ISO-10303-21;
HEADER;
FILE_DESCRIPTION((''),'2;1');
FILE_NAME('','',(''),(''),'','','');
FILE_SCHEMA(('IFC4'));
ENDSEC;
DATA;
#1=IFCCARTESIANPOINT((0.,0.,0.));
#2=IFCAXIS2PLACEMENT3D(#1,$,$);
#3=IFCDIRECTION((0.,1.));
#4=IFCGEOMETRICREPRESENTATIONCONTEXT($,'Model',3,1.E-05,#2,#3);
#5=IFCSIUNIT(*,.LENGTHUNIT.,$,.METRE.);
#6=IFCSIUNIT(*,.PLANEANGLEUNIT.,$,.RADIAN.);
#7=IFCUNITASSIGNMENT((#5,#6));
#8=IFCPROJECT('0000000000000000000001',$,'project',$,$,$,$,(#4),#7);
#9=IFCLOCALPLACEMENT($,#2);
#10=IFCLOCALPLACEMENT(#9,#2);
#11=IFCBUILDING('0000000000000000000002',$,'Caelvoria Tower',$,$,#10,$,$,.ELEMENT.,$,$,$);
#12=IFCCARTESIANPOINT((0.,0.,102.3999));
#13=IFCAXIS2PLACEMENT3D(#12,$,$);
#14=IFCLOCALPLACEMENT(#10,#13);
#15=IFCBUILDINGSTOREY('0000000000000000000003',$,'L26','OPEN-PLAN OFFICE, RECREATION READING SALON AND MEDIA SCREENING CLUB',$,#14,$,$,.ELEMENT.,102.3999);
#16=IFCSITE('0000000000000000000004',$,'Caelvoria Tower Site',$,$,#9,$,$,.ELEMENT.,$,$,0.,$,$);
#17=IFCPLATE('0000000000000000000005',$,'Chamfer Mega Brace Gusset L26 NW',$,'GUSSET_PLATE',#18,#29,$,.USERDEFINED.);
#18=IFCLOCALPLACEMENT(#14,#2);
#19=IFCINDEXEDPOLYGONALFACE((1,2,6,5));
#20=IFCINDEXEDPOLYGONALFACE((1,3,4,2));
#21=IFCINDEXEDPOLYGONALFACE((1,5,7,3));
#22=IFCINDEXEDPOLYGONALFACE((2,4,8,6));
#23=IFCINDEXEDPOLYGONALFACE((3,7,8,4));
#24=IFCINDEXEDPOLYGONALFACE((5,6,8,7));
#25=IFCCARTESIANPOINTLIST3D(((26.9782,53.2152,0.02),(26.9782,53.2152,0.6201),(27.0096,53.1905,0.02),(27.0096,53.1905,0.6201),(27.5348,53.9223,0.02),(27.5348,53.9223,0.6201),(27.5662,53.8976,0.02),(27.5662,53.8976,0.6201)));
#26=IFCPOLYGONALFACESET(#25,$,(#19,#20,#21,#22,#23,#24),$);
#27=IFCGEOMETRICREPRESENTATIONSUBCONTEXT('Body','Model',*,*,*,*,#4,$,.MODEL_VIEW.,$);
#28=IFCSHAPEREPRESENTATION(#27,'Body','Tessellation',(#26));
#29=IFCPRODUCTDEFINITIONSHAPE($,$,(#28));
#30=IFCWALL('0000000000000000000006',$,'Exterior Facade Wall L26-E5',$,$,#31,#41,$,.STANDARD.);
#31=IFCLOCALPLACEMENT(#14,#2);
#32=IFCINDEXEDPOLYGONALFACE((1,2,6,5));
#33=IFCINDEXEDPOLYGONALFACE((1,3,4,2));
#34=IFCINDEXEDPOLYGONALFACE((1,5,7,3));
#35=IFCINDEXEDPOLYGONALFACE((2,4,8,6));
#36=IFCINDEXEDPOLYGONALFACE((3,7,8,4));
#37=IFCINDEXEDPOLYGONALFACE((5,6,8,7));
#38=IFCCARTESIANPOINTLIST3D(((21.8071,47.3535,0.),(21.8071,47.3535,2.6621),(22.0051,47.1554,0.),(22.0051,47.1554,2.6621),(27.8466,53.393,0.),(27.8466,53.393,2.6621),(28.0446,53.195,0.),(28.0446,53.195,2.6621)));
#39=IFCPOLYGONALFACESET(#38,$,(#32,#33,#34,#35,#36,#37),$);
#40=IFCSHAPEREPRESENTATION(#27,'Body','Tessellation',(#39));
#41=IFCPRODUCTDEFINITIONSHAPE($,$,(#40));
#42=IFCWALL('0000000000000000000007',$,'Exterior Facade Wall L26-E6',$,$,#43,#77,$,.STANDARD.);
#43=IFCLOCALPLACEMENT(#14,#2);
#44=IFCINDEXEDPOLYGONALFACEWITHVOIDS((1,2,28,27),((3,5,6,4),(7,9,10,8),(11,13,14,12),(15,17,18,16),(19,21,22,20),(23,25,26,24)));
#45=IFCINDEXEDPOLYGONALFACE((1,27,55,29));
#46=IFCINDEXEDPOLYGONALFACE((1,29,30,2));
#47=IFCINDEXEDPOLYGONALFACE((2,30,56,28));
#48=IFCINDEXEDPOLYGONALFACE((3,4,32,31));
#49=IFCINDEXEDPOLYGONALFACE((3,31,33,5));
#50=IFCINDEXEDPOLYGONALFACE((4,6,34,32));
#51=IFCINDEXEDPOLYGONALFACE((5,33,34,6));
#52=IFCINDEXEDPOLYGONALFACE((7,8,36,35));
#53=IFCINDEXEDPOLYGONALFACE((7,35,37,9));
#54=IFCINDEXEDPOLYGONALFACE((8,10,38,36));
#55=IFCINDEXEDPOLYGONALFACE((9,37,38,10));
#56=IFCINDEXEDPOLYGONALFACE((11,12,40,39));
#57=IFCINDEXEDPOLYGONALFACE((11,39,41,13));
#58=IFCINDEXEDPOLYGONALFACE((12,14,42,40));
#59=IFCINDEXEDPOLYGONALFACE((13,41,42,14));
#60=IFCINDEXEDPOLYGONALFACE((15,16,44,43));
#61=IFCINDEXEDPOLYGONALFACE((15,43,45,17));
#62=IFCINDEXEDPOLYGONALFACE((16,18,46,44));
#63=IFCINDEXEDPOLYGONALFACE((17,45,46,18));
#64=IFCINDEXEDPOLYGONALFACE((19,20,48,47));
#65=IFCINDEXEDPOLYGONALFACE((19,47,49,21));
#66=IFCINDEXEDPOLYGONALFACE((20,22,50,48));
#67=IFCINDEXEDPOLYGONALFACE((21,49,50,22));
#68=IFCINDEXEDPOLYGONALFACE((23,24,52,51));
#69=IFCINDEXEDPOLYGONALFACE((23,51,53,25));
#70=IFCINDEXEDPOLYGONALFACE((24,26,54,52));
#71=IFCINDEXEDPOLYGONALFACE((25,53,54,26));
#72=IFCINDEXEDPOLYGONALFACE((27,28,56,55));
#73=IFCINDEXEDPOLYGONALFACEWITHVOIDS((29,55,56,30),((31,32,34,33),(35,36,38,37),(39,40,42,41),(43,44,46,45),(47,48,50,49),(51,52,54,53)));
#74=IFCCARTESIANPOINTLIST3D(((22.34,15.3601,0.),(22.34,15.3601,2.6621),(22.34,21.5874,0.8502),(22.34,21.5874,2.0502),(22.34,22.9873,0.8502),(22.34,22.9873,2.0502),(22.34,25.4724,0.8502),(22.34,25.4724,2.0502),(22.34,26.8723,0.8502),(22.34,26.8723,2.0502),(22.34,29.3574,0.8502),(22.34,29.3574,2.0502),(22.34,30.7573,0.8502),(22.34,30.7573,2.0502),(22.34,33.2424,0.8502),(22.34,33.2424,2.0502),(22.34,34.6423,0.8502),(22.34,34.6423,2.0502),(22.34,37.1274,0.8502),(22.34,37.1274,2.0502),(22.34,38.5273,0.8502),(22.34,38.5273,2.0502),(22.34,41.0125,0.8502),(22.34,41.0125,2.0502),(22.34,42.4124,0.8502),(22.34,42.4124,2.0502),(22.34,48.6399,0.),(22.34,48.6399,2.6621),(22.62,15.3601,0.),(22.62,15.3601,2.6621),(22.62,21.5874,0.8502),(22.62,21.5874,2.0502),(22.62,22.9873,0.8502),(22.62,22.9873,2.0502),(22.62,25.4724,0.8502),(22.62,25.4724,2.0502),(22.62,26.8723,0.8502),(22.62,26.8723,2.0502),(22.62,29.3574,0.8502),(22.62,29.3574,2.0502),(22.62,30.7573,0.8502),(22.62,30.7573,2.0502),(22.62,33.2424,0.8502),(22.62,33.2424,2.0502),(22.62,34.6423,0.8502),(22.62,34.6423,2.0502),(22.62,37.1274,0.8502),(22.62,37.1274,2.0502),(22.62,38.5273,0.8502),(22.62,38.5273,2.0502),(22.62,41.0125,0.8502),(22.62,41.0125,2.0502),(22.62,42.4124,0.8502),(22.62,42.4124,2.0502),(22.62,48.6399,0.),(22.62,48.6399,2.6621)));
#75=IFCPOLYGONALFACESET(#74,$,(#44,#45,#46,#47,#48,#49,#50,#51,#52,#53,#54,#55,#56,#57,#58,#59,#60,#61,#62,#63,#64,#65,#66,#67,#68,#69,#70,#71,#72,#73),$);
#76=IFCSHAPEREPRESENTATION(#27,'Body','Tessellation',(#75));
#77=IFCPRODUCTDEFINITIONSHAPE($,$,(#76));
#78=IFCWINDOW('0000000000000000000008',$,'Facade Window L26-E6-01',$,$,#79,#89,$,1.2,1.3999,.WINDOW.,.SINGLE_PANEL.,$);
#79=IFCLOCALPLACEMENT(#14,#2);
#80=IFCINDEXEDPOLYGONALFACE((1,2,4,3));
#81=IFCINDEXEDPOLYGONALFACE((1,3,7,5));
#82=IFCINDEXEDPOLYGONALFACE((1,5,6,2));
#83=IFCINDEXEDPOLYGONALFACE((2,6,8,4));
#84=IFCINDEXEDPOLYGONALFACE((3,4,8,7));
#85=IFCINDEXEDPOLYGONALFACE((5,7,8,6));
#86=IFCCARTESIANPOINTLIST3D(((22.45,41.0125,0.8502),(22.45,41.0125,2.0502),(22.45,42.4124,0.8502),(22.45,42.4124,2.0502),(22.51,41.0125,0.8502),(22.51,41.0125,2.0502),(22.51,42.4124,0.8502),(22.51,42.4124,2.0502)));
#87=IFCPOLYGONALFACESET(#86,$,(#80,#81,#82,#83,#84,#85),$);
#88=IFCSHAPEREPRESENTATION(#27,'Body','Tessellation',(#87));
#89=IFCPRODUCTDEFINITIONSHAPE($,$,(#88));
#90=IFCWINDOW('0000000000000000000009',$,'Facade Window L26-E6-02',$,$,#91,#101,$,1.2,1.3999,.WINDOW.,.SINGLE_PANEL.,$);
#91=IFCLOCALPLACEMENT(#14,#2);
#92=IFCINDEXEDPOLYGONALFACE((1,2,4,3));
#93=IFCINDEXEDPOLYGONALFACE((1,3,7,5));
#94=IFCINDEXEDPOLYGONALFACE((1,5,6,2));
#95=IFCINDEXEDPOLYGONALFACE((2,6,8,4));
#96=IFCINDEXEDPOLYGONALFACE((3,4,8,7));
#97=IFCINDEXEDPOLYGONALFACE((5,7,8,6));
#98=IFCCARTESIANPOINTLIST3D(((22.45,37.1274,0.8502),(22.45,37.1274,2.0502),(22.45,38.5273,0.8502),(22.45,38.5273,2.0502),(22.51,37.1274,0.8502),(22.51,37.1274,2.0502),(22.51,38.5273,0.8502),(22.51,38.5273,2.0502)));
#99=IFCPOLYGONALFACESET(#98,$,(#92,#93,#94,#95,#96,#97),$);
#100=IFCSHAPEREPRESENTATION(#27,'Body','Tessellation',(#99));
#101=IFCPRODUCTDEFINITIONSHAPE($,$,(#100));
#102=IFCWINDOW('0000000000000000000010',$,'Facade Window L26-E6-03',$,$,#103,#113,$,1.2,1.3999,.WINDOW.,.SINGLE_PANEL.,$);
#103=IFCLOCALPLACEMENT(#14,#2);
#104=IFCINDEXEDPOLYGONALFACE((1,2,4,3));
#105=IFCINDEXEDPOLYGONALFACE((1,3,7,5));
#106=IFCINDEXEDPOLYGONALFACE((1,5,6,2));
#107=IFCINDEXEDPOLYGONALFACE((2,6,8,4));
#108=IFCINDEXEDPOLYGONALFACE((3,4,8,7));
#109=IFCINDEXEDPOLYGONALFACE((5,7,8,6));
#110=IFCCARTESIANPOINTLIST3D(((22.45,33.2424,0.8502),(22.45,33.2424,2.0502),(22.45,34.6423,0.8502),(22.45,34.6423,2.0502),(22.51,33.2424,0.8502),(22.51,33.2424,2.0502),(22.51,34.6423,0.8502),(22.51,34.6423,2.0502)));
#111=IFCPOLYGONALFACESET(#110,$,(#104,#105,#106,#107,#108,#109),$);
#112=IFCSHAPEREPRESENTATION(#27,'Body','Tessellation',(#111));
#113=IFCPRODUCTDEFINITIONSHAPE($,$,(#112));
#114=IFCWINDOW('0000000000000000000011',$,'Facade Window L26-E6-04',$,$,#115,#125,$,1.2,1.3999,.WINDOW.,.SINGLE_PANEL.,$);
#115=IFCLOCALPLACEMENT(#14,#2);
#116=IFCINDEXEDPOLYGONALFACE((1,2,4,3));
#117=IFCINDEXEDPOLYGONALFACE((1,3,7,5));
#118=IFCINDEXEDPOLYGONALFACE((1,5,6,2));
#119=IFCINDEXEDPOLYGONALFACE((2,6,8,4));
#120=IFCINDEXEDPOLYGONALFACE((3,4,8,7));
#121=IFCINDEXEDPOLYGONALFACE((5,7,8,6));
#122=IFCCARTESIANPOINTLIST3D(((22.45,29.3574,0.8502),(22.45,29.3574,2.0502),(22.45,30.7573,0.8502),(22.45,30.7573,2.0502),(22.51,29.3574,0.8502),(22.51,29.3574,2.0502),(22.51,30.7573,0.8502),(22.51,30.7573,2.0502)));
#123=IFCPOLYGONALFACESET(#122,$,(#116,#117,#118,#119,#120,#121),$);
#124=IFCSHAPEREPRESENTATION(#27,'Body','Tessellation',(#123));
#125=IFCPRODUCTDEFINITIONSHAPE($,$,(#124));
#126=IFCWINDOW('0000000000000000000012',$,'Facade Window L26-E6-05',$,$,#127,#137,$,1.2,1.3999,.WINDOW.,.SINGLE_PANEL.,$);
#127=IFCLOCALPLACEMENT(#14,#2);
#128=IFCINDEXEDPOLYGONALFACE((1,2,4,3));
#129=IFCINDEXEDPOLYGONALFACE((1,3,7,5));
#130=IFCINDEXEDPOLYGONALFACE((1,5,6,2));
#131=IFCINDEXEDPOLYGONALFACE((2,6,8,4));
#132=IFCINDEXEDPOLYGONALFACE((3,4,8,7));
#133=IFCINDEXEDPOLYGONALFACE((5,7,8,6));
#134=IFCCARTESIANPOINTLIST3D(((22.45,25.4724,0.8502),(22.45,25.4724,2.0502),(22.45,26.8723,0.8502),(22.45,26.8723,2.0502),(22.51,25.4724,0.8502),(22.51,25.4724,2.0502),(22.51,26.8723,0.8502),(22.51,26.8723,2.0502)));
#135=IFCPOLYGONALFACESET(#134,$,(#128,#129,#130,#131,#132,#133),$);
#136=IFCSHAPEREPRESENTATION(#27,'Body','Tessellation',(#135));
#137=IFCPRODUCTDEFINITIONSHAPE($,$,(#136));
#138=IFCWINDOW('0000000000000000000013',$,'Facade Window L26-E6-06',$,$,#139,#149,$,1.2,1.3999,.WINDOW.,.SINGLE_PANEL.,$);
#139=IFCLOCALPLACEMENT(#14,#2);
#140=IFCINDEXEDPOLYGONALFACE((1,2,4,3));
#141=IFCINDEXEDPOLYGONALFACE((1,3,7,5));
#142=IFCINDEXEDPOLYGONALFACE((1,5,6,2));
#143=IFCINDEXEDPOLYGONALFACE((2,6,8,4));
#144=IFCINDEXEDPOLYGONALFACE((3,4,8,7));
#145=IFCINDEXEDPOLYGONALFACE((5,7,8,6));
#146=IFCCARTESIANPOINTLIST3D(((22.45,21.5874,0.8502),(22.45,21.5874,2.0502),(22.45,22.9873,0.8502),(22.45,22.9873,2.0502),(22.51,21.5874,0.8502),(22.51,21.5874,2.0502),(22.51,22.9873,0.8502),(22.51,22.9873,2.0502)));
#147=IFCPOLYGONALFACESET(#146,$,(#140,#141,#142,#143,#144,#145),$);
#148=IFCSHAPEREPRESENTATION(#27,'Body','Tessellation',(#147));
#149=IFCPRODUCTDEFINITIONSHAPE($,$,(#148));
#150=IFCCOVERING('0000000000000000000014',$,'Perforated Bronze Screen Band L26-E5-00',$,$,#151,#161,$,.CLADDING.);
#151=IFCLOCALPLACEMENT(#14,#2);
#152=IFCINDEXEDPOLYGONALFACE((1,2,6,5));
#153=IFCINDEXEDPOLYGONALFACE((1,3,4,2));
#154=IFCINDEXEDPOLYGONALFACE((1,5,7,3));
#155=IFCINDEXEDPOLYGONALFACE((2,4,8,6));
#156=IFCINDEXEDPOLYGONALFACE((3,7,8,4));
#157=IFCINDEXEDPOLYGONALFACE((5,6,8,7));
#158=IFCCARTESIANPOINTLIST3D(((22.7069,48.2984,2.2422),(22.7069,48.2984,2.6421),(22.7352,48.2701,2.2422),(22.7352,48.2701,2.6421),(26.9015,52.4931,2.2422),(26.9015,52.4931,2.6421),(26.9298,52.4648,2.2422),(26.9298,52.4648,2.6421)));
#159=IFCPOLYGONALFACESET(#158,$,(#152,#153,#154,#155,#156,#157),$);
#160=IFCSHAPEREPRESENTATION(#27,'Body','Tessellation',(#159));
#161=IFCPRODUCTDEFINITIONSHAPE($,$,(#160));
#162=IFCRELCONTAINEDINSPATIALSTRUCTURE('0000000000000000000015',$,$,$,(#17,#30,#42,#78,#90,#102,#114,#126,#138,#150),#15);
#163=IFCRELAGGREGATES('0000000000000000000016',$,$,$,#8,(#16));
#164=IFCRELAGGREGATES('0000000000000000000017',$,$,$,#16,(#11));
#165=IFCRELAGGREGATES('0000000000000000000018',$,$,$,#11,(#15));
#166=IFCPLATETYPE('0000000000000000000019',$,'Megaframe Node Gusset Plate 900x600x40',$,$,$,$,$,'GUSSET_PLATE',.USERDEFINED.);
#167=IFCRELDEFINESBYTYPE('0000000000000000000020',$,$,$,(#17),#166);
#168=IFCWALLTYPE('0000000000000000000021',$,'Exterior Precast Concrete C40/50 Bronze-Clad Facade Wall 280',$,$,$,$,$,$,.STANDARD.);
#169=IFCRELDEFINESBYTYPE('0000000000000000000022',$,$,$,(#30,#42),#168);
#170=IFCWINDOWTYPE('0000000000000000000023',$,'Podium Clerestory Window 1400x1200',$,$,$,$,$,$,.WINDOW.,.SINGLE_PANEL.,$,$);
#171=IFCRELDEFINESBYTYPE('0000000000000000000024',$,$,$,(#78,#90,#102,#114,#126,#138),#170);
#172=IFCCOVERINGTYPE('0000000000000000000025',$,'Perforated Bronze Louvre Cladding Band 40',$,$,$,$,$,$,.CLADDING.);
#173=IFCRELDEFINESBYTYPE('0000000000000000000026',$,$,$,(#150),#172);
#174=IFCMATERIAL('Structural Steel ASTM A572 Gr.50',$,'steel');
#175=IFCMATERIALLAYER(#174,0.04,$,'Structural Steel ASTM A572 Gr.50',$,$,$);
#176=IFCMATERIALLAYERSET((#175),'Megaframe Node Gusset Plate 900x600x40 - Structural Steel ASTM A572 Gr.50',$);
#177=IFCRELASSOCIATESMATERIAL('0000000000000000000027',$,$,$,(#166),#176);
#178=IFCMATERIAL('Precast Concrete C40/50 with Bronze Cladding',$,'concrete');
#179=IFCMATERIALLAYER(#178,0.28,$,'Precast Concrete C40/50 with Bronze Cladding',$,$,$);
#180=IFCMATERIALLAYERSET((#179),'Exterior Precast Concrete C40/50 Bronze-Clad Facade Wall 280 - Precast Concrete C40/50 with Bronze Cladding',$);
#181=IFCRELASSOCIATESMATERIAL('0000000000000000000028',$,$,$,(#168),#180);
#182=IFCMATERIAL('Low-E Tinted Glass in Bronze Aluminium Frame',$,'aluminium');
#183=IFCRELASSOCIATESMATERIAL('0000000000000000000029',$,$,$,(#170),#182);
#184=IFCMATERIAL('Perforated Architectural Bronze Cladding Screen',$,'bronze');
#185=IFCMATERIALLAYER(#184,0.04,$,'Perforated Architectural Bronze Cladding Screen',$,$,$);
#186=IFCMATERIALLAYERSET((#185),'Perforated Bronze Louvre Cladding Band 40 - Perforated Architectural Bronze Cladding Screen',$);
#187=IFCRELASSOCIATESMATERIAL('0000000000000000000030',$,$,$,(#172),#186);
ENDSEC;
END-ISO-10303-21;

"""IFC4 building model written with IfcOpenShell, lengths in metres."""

from ifc_helpers import new_model, si_unit, direction, frame, frame_2d, origin, origin_2d, place, context, subcontext, project, spatial, rectangle, extrude, material, layer, layer_set, type_object, element, fill, save


model = new_model("IFC4")

# Units and contexts
model_context = context("Model", 3, precision=1e-05, world=origin(), true_north=direction((0.0, 1.0)))
body_context = subcontext(model_context, "Body", "Model", "MODEL_VIEW")
ifc_project = project(units=[si_unit("LENGTHUNIT", "METRE"), si_unit("PLANEANGLEUNIT", "RADIAN")], contexts=[model_context])

# Site, building, storey
site_placement = place(None, origin())
site = spatial("IfcSite", under=ifc_project, at=site_placement, Name="Caelvoria Tower Site", CompositionType="ELEMENT", RefElevation=0.0)
building_placement = place(site_placement, origin())
building = spatial("IfcBuilding", under=site, at=building_placement, Name="Caelvoria Tower", CompositionType="ELEMENT")
storey_placement = place(building_placement, frame((0.0, 0.0, 102.3999)))
storey = spatial("IfcBuildingStorey", under=building, at=storey_placement, Name="L26", Description="OPEN-PLAN OFFICE, RECREATION READING SALON AND MEDIA SCREENING CLUB", CompositionType="ELEMENT", Elevation=102.3999)

# Shared definitions
ifc_material_1 = material(Name="Structural Steel ASTM A572 Gr.50", Category="steel")

# Plate
ifc_layer_1 = layer(ifc_material_1, 0.04, Name="Structural Steel ASTM A572 Gr.50")
ifc_layer_set_1 = layer_set([ifc_layer_1], Name="Megaframe Node Gusset Plate 900x600x40 - Structural Steel ASTM A572 Gr.50")
plate_type = type_object("IfcPlateType", Name="Megaframe Node Gusset Plate 900x600x40", ElementType="GUSSET_PLATE", PredefinedType="USERDEFINED", material=ifc_layer_set_1)
plate_placement = place(storey_placement, frame((27.2722, 53.5564, 0.02), z_axis=(0.0, 0.0, 1.0), x_axis=(-0.618507, -0.785779, 0.0)))
element("IfcPlate", 1, at=plate_placement, inside=storey, type_object=plate_type, Name="Chamfer Mega Brace Gusset L26 NW", ObjectType="GUSSET_PLATE", PredefinedType="USERDEFINED", context=body_context, shape_type="SweptSolid", body=[
    extrude(rectangle(XDim=0.8999, YDim=0.04, at=origin_2d()), origin(), (0.0, 0.0, 1.0), 0.6001),
])

# Wall
ifc_material_2 = material(Name="Precast Concrete C40/50 with Bronze Cladding", Category="concrete")
ifc_layer_2 = layer(ifc_material_2, 0.28, Name="Precast Concrete C40/50 with Bronze Cladding")
ifc_layer_set_2 = layer_set([ifc_layer_2], Name="Exterior Precast Concrete C40/50 Bronze-Clad Facade Wall 280 - Precast Concrete C40/50 with Bronze Cladding")
wall_type = type_object("IfcWallType", Name="Exterior Precast Concrete C40/50 Bronze-Clad Facade Wall 280", PredefinedType="STANDARD", material=ifc_layer_set_2)
wall_1_placement = place(storey_placement, frame((27.9456, 53.2939, 0.0), z_axis=(0.0, 0.0, 1.0), x_axis=(-0.707107, -0.707107, 0.0)))
element("IfcWall", 2, at=wall_1_placement, inside=storey, type_object=wall_type, Name="Exterior Facade Wall L26-E5", PredefinedType="STANDARD", context=body_context, shape_type="SweptSolid", body=[
    extrude(rectangle(XDim=8.5413, YDim=0.28, at=frame_2d((4.2705, 0.0))), origin(), (0.0, 0.0, 1.0), 2.6621),
])

# Wall, openings, windows
wall_2_placement = place(storey_placement, frame((22.48, 48.6399, 0.0), z_axis=(0.0, 0.0, 1.0), x_axis=(0.0, -1.0, 0.0)))
wall_2 = element("IfcWall", 3, at=wall_2_placement, inside=storey, type_object=wall_type, Name="Exterior Facade Wall L26-E6", PredefinedType="STANDARD", context=body_context, shape_type="SweptSolid", body=[
    extrude(rectangle(XDim=33.2798, YDim=0.28, at=frame_2d((16.6399, 0.0))), origin(), (0.0, 0.0, 1.0), 2.6621),
])
opening_1_placement = place(wall_2_placement, frame((6.2275, 0.0, 0.8501)))
opening_1 = element("IfcOpeningElement", 4, at=opening_1_placement, cuts=wall_2, PredefinedType="OPENING", context=body_context, shape_type="SweptSolid", body=[
    extrude(rectangle(XDim=1.3999, YDim=1.2, at=frame_2d((0.7, 0.6001))), frame((0.0, 0.1499, 0.0), z_axis=(0.0, -1.0, 0.0), x_axis=(1.0, 0.0, 0.0)), (0.0, 0.0, 1.0), 0.3),
])
opening_2_placement = place(wall_2_placement, frame((10.1125, 0.0, 0.8501)))
opening_2 = element("IfcOpeningElement", 5, at=opening_2_placement, cuts=wall_2, PredefinedType="OPENING", context=body_context, shape_type="SweptSolid", body=[
    extrude(rectangle(XDim=1.3999, YDim=1.2, at=frame_2d((0.7, 0.6001))), frame((0.0, 0.1499, 0.0), z_axis=(0.0, -1.0, 0.0), x_axis=(1.0, 0.0, 0.0)), (0.0, 0.0, 1.0), 0.3),
])
opening_3_placement = place(wall_2_placement, frame((13.9976, 0.0, 0.8501)))
opening_3 = element("IfcOpeningElement", 6, at=opening_3_placement, cuts=wall_2, PredefinedType="OPENING", context=body_context, shape_type="SweptSolid", body=[
    extrude(rectangle(XDim=1.3999, YDim=1.2, at=frame_2d((0.7, 0.6001))), frame((0.0, 0.1499, 0.0), z_axis=(0.0, -1.0, 0.0), x_axis=(1.0, 0.0, 0.0)), (0.0, 0.0, 1.0), 0.3),
])
opening_4_placement = place(wall_2_placement, frame((17.8826, 0.0, 0.8501)))
opening_4 = element("IfcOpeningElement", 7, at=opening_4_placement, cuts=wall_2, PredefinedType="OPENING", context=body_context, shape_type="SweptSolid", body=[
    extrude(rectangle(XDim=1.3999, YDim=1.2, at=frame_2d((0.7, 0.6001))), frame((0.0, 0.1499, 0.0), z_axis=(0.0, -1.0, 0.0), x_axis=(1.0, 0.0, 0.0)), (0.0, 0.0, 1.0), 0.3),
])
opening_5_placement = place(wall_2_placement, frame((21.7676, 0.0, 0.8501)))
opening_5 = element("IfcOpeningElement", 8, at=opening_5_placement, cuts=wall_2, PredefinedType="OPENING", context=body_context, shape_type="SweptSolid", body=[
    extrude(rectangle(XDim=1.3999, YDim=1.2, at=frame_2d((0.7, 0.6001))), frame((0.0, 0.1499, 0.0), z_axis=(0.0, -1.0, 0.0), x_axis=(1.0, 0.0, 0.0)), (0.0, 0.0, 1.0), 0.3),
])
opening_6_placement = place(wall_2_placement, frame((25.6526, 0.0, 0.8501)))
opening_6 = element("IfcOpeningElement", 9, at=opening_6_placement, cuts=wall_2, PredefinedType="OPENING", context=body_context, shape_type="SweptSolid", body=[
    extrude(rectangle(XDim=1.3999, YDim=1.2, at=frame_2d((0.7, 0.6001))), frame((0.0, 0.1499, 0.0), z_axis=(0.0, -1.0, 0.0), x_axis=(1.0, 0.0, 0.0)), (0.0, 0.0, 1.0), 0.3),
])
ifc_material_3 = material(Name="Low-E Tinted Glass in Bronze Aluminium Frame", Category="aluminium")
window_type = type_object("IfcWindowType", Name="Podium Clerestory Window 1400x1200", PartitioningType="SINGLE_PANEL", PredefinedType="WINDOW", material=ifc_material_3)
window_1_placement = place(opening_1_placement, origin())
window_1 = element("IfcWindow", 10, at=window_1_placement, inside=storey, type_object=window_type, Name="Facade Window L26-E6-01", OverallHeight=1.2, OverallWidth=1.3999, PartitioningType="SINGLE_PANEL", PredefinedType="WINDOW", context=body_context, shape_type="SweptSolid", body=[
    extrude(rectangle(XDim=1.3999, YDim=1.2, at=frame_2d((0.7, 0.6001))), frame((0.0, 0.03, 0.0), z_axis=(0.0, -1.0, 0.0), x_axis=(1.0, 0.0, 0.0)), (0.0, 0.0, 1.0), 0.0601),
])
fill(opening_1, window_1)
window_2_placement = place(opening_2_placement, origin())
window_2 = element("IfcWindow", 11, at=window_2_placement, inside=storey, type_object=window_type, Name="Facade Window L26-E6-02", OverallHeight=1.2, OverallWidth=1.3999, PartitioningType="SINGLE_PANEL", PredefinedType="WINDOW", context=body_context, shape_type="SweptSolid", body=[
    extrude(rectangle(XDim=1.3999, YDim=1.2, at=frame_2d((0.7, 0.6001))), frame((0.0, 0.03, 0.0), z_axis=(0.0, -1.0, 0.0), x_axis=(1.0, 0.0, 0.0)), (0.0, 0.0, 1.0), 0.0601),
])
fill(opening_2, window_2)
window_3_placement = place(opening_3_placement, origin())
window_3 = element("IfcWindow", 12, at=window_3_placement, inside=storey, type_object=window_type, Name="Facade Window L26-E6-03", OverallHeight=1.2, OverallWidth=1.3999, PartitioningType="SINGLE_PANEL", PredefinedType="WINDOW", context=body_context, shape_type="SweptSolid", body=[
    extrude(rectangle(XDim=1.3999, YDim=1.2, at=frame_2d((0.7, 0.6001))), frame((0.0, 0.03, 0.0), z_axis=(0.0, -1.0, 0.0), x_axis=(1.0, 0.0, 0.0)), (0.0, 0.0, 1.0), 0.0601),
])
fill(opening_3, window_3)
window_4_placement = place(opening_4_placement, origin())
window_4 = element("IfcWindow", 13, at=window_4_placement, inside=storey, type_object=window_type, Name="Facade Window L26-E6-04", OverallHeight=1.2, OverallWidth=1.3999, PartitioningType="SINGLE_PANEL", PredefinedType="WINDOW", context=body_context, shape_type="SweptSolid", body=[
    extrude(rectangle(XDim=1.3999, YDim=1.2, at=frame_2d((0.7, 0.6001))), frame((0.0, 0.03, 0.0), z_axis=(0.0, -1.0, 0.0), x_axis=(1.0, 0.0, 0.0)), (0.0, 0.0, 1.0), 0.0601),
])
fill(opening_4, window_4)
window_5_placement = place(opening_5_placement, origin())
window_5 = element("IfcWindow", 14, at=window_5_placement, inside=storey, type_object=window_type, Name="Facade Window L26-E6-05", OverallHeight=1.2, OverallWidth=1.3999, PartitioningType="SINGLE_PANEL", PredefinedType="WINDOW", context=body_context, shape_type="SweptSolid", body=[
    extrude(rectangle(XDim=1.3999, YDim=1.2, at=frame_2d((0.7, 0.6001))), frame((0.0, 0.03, 0.0), z_axis=(0.0, -1.0, 0.0), x_axis=(1.0, 0.0, 0.0)), (0.0, 0.0, 1.0), 0.0601),
])
fill(opening_5, window_5)
window_6_placement = place(opening_6_placement, origin())
window_6 = element("IfcWindow", 15, at=window_6_placement, inside=storey, type_object=window_type, Name="Facade Window L26-E6-06", OverallHeight=1.2, OverallWidth=1.3999, PartitioningType="SINGLE_PANEL", PredefinedType="WINDOW", context=body_context, shape_type="SweptSolid", body=[
    extrude(rectangle(XDim=1.3999, YDim=1.2, at=frame_2d((0.7, 0.6001))), frame((0.0, 0.03, 0.0), z_axis=(0.0, -1.0, 0.0), x_axis=(1.0, 0.0, 0.0)), (0.0, 0.0, 1.0), 0.0601),
])
fill(opening_6, window_6)

# Covering
ifc_material_4 = material(Name="Perforated Architectural Bronze Cladding Screen", Category="bronze")
ifc_layer_3 = layer(ifc_material_4, 0.04, Name="Perforated Architectural Bronze Cladding Screen")
ifc_layer_set_3 = layer_set([ifc_layer_3], Name="Perforated Bronze Louvre Cladding Band 40 - Perforated Architectural Bronze Cladding Screen")
covering_type = type_object("IfcCoveringType", Name="Perforated Bronze Louvre Cladding Band 40", PredefinedType="CLADDING", material=ifc_layer_set_3)
covering_placement = place(storey_placement, frame((24.8184, 50.3816, 2.2422), z_axis=(0.0, 0.0, 1.0), x_axis=(-0.707107, -0.707107, 0.0)))
element("IfcCovering", 16, at=covering_placement, inside=storey, type_object=covering_type, Name="Perforated Bronze Screen Band L26-E5-00", PredefinedType="CLADDING", context=body_context, shape_type="SweptSolid", body=[
    extrude(rectangle(XDim=5.9321, YDim=0.04, at=origin_2d()), origin(), (0.0, 0.0, 1.0), 0.3999),
])

save(model, "model.ifc")
